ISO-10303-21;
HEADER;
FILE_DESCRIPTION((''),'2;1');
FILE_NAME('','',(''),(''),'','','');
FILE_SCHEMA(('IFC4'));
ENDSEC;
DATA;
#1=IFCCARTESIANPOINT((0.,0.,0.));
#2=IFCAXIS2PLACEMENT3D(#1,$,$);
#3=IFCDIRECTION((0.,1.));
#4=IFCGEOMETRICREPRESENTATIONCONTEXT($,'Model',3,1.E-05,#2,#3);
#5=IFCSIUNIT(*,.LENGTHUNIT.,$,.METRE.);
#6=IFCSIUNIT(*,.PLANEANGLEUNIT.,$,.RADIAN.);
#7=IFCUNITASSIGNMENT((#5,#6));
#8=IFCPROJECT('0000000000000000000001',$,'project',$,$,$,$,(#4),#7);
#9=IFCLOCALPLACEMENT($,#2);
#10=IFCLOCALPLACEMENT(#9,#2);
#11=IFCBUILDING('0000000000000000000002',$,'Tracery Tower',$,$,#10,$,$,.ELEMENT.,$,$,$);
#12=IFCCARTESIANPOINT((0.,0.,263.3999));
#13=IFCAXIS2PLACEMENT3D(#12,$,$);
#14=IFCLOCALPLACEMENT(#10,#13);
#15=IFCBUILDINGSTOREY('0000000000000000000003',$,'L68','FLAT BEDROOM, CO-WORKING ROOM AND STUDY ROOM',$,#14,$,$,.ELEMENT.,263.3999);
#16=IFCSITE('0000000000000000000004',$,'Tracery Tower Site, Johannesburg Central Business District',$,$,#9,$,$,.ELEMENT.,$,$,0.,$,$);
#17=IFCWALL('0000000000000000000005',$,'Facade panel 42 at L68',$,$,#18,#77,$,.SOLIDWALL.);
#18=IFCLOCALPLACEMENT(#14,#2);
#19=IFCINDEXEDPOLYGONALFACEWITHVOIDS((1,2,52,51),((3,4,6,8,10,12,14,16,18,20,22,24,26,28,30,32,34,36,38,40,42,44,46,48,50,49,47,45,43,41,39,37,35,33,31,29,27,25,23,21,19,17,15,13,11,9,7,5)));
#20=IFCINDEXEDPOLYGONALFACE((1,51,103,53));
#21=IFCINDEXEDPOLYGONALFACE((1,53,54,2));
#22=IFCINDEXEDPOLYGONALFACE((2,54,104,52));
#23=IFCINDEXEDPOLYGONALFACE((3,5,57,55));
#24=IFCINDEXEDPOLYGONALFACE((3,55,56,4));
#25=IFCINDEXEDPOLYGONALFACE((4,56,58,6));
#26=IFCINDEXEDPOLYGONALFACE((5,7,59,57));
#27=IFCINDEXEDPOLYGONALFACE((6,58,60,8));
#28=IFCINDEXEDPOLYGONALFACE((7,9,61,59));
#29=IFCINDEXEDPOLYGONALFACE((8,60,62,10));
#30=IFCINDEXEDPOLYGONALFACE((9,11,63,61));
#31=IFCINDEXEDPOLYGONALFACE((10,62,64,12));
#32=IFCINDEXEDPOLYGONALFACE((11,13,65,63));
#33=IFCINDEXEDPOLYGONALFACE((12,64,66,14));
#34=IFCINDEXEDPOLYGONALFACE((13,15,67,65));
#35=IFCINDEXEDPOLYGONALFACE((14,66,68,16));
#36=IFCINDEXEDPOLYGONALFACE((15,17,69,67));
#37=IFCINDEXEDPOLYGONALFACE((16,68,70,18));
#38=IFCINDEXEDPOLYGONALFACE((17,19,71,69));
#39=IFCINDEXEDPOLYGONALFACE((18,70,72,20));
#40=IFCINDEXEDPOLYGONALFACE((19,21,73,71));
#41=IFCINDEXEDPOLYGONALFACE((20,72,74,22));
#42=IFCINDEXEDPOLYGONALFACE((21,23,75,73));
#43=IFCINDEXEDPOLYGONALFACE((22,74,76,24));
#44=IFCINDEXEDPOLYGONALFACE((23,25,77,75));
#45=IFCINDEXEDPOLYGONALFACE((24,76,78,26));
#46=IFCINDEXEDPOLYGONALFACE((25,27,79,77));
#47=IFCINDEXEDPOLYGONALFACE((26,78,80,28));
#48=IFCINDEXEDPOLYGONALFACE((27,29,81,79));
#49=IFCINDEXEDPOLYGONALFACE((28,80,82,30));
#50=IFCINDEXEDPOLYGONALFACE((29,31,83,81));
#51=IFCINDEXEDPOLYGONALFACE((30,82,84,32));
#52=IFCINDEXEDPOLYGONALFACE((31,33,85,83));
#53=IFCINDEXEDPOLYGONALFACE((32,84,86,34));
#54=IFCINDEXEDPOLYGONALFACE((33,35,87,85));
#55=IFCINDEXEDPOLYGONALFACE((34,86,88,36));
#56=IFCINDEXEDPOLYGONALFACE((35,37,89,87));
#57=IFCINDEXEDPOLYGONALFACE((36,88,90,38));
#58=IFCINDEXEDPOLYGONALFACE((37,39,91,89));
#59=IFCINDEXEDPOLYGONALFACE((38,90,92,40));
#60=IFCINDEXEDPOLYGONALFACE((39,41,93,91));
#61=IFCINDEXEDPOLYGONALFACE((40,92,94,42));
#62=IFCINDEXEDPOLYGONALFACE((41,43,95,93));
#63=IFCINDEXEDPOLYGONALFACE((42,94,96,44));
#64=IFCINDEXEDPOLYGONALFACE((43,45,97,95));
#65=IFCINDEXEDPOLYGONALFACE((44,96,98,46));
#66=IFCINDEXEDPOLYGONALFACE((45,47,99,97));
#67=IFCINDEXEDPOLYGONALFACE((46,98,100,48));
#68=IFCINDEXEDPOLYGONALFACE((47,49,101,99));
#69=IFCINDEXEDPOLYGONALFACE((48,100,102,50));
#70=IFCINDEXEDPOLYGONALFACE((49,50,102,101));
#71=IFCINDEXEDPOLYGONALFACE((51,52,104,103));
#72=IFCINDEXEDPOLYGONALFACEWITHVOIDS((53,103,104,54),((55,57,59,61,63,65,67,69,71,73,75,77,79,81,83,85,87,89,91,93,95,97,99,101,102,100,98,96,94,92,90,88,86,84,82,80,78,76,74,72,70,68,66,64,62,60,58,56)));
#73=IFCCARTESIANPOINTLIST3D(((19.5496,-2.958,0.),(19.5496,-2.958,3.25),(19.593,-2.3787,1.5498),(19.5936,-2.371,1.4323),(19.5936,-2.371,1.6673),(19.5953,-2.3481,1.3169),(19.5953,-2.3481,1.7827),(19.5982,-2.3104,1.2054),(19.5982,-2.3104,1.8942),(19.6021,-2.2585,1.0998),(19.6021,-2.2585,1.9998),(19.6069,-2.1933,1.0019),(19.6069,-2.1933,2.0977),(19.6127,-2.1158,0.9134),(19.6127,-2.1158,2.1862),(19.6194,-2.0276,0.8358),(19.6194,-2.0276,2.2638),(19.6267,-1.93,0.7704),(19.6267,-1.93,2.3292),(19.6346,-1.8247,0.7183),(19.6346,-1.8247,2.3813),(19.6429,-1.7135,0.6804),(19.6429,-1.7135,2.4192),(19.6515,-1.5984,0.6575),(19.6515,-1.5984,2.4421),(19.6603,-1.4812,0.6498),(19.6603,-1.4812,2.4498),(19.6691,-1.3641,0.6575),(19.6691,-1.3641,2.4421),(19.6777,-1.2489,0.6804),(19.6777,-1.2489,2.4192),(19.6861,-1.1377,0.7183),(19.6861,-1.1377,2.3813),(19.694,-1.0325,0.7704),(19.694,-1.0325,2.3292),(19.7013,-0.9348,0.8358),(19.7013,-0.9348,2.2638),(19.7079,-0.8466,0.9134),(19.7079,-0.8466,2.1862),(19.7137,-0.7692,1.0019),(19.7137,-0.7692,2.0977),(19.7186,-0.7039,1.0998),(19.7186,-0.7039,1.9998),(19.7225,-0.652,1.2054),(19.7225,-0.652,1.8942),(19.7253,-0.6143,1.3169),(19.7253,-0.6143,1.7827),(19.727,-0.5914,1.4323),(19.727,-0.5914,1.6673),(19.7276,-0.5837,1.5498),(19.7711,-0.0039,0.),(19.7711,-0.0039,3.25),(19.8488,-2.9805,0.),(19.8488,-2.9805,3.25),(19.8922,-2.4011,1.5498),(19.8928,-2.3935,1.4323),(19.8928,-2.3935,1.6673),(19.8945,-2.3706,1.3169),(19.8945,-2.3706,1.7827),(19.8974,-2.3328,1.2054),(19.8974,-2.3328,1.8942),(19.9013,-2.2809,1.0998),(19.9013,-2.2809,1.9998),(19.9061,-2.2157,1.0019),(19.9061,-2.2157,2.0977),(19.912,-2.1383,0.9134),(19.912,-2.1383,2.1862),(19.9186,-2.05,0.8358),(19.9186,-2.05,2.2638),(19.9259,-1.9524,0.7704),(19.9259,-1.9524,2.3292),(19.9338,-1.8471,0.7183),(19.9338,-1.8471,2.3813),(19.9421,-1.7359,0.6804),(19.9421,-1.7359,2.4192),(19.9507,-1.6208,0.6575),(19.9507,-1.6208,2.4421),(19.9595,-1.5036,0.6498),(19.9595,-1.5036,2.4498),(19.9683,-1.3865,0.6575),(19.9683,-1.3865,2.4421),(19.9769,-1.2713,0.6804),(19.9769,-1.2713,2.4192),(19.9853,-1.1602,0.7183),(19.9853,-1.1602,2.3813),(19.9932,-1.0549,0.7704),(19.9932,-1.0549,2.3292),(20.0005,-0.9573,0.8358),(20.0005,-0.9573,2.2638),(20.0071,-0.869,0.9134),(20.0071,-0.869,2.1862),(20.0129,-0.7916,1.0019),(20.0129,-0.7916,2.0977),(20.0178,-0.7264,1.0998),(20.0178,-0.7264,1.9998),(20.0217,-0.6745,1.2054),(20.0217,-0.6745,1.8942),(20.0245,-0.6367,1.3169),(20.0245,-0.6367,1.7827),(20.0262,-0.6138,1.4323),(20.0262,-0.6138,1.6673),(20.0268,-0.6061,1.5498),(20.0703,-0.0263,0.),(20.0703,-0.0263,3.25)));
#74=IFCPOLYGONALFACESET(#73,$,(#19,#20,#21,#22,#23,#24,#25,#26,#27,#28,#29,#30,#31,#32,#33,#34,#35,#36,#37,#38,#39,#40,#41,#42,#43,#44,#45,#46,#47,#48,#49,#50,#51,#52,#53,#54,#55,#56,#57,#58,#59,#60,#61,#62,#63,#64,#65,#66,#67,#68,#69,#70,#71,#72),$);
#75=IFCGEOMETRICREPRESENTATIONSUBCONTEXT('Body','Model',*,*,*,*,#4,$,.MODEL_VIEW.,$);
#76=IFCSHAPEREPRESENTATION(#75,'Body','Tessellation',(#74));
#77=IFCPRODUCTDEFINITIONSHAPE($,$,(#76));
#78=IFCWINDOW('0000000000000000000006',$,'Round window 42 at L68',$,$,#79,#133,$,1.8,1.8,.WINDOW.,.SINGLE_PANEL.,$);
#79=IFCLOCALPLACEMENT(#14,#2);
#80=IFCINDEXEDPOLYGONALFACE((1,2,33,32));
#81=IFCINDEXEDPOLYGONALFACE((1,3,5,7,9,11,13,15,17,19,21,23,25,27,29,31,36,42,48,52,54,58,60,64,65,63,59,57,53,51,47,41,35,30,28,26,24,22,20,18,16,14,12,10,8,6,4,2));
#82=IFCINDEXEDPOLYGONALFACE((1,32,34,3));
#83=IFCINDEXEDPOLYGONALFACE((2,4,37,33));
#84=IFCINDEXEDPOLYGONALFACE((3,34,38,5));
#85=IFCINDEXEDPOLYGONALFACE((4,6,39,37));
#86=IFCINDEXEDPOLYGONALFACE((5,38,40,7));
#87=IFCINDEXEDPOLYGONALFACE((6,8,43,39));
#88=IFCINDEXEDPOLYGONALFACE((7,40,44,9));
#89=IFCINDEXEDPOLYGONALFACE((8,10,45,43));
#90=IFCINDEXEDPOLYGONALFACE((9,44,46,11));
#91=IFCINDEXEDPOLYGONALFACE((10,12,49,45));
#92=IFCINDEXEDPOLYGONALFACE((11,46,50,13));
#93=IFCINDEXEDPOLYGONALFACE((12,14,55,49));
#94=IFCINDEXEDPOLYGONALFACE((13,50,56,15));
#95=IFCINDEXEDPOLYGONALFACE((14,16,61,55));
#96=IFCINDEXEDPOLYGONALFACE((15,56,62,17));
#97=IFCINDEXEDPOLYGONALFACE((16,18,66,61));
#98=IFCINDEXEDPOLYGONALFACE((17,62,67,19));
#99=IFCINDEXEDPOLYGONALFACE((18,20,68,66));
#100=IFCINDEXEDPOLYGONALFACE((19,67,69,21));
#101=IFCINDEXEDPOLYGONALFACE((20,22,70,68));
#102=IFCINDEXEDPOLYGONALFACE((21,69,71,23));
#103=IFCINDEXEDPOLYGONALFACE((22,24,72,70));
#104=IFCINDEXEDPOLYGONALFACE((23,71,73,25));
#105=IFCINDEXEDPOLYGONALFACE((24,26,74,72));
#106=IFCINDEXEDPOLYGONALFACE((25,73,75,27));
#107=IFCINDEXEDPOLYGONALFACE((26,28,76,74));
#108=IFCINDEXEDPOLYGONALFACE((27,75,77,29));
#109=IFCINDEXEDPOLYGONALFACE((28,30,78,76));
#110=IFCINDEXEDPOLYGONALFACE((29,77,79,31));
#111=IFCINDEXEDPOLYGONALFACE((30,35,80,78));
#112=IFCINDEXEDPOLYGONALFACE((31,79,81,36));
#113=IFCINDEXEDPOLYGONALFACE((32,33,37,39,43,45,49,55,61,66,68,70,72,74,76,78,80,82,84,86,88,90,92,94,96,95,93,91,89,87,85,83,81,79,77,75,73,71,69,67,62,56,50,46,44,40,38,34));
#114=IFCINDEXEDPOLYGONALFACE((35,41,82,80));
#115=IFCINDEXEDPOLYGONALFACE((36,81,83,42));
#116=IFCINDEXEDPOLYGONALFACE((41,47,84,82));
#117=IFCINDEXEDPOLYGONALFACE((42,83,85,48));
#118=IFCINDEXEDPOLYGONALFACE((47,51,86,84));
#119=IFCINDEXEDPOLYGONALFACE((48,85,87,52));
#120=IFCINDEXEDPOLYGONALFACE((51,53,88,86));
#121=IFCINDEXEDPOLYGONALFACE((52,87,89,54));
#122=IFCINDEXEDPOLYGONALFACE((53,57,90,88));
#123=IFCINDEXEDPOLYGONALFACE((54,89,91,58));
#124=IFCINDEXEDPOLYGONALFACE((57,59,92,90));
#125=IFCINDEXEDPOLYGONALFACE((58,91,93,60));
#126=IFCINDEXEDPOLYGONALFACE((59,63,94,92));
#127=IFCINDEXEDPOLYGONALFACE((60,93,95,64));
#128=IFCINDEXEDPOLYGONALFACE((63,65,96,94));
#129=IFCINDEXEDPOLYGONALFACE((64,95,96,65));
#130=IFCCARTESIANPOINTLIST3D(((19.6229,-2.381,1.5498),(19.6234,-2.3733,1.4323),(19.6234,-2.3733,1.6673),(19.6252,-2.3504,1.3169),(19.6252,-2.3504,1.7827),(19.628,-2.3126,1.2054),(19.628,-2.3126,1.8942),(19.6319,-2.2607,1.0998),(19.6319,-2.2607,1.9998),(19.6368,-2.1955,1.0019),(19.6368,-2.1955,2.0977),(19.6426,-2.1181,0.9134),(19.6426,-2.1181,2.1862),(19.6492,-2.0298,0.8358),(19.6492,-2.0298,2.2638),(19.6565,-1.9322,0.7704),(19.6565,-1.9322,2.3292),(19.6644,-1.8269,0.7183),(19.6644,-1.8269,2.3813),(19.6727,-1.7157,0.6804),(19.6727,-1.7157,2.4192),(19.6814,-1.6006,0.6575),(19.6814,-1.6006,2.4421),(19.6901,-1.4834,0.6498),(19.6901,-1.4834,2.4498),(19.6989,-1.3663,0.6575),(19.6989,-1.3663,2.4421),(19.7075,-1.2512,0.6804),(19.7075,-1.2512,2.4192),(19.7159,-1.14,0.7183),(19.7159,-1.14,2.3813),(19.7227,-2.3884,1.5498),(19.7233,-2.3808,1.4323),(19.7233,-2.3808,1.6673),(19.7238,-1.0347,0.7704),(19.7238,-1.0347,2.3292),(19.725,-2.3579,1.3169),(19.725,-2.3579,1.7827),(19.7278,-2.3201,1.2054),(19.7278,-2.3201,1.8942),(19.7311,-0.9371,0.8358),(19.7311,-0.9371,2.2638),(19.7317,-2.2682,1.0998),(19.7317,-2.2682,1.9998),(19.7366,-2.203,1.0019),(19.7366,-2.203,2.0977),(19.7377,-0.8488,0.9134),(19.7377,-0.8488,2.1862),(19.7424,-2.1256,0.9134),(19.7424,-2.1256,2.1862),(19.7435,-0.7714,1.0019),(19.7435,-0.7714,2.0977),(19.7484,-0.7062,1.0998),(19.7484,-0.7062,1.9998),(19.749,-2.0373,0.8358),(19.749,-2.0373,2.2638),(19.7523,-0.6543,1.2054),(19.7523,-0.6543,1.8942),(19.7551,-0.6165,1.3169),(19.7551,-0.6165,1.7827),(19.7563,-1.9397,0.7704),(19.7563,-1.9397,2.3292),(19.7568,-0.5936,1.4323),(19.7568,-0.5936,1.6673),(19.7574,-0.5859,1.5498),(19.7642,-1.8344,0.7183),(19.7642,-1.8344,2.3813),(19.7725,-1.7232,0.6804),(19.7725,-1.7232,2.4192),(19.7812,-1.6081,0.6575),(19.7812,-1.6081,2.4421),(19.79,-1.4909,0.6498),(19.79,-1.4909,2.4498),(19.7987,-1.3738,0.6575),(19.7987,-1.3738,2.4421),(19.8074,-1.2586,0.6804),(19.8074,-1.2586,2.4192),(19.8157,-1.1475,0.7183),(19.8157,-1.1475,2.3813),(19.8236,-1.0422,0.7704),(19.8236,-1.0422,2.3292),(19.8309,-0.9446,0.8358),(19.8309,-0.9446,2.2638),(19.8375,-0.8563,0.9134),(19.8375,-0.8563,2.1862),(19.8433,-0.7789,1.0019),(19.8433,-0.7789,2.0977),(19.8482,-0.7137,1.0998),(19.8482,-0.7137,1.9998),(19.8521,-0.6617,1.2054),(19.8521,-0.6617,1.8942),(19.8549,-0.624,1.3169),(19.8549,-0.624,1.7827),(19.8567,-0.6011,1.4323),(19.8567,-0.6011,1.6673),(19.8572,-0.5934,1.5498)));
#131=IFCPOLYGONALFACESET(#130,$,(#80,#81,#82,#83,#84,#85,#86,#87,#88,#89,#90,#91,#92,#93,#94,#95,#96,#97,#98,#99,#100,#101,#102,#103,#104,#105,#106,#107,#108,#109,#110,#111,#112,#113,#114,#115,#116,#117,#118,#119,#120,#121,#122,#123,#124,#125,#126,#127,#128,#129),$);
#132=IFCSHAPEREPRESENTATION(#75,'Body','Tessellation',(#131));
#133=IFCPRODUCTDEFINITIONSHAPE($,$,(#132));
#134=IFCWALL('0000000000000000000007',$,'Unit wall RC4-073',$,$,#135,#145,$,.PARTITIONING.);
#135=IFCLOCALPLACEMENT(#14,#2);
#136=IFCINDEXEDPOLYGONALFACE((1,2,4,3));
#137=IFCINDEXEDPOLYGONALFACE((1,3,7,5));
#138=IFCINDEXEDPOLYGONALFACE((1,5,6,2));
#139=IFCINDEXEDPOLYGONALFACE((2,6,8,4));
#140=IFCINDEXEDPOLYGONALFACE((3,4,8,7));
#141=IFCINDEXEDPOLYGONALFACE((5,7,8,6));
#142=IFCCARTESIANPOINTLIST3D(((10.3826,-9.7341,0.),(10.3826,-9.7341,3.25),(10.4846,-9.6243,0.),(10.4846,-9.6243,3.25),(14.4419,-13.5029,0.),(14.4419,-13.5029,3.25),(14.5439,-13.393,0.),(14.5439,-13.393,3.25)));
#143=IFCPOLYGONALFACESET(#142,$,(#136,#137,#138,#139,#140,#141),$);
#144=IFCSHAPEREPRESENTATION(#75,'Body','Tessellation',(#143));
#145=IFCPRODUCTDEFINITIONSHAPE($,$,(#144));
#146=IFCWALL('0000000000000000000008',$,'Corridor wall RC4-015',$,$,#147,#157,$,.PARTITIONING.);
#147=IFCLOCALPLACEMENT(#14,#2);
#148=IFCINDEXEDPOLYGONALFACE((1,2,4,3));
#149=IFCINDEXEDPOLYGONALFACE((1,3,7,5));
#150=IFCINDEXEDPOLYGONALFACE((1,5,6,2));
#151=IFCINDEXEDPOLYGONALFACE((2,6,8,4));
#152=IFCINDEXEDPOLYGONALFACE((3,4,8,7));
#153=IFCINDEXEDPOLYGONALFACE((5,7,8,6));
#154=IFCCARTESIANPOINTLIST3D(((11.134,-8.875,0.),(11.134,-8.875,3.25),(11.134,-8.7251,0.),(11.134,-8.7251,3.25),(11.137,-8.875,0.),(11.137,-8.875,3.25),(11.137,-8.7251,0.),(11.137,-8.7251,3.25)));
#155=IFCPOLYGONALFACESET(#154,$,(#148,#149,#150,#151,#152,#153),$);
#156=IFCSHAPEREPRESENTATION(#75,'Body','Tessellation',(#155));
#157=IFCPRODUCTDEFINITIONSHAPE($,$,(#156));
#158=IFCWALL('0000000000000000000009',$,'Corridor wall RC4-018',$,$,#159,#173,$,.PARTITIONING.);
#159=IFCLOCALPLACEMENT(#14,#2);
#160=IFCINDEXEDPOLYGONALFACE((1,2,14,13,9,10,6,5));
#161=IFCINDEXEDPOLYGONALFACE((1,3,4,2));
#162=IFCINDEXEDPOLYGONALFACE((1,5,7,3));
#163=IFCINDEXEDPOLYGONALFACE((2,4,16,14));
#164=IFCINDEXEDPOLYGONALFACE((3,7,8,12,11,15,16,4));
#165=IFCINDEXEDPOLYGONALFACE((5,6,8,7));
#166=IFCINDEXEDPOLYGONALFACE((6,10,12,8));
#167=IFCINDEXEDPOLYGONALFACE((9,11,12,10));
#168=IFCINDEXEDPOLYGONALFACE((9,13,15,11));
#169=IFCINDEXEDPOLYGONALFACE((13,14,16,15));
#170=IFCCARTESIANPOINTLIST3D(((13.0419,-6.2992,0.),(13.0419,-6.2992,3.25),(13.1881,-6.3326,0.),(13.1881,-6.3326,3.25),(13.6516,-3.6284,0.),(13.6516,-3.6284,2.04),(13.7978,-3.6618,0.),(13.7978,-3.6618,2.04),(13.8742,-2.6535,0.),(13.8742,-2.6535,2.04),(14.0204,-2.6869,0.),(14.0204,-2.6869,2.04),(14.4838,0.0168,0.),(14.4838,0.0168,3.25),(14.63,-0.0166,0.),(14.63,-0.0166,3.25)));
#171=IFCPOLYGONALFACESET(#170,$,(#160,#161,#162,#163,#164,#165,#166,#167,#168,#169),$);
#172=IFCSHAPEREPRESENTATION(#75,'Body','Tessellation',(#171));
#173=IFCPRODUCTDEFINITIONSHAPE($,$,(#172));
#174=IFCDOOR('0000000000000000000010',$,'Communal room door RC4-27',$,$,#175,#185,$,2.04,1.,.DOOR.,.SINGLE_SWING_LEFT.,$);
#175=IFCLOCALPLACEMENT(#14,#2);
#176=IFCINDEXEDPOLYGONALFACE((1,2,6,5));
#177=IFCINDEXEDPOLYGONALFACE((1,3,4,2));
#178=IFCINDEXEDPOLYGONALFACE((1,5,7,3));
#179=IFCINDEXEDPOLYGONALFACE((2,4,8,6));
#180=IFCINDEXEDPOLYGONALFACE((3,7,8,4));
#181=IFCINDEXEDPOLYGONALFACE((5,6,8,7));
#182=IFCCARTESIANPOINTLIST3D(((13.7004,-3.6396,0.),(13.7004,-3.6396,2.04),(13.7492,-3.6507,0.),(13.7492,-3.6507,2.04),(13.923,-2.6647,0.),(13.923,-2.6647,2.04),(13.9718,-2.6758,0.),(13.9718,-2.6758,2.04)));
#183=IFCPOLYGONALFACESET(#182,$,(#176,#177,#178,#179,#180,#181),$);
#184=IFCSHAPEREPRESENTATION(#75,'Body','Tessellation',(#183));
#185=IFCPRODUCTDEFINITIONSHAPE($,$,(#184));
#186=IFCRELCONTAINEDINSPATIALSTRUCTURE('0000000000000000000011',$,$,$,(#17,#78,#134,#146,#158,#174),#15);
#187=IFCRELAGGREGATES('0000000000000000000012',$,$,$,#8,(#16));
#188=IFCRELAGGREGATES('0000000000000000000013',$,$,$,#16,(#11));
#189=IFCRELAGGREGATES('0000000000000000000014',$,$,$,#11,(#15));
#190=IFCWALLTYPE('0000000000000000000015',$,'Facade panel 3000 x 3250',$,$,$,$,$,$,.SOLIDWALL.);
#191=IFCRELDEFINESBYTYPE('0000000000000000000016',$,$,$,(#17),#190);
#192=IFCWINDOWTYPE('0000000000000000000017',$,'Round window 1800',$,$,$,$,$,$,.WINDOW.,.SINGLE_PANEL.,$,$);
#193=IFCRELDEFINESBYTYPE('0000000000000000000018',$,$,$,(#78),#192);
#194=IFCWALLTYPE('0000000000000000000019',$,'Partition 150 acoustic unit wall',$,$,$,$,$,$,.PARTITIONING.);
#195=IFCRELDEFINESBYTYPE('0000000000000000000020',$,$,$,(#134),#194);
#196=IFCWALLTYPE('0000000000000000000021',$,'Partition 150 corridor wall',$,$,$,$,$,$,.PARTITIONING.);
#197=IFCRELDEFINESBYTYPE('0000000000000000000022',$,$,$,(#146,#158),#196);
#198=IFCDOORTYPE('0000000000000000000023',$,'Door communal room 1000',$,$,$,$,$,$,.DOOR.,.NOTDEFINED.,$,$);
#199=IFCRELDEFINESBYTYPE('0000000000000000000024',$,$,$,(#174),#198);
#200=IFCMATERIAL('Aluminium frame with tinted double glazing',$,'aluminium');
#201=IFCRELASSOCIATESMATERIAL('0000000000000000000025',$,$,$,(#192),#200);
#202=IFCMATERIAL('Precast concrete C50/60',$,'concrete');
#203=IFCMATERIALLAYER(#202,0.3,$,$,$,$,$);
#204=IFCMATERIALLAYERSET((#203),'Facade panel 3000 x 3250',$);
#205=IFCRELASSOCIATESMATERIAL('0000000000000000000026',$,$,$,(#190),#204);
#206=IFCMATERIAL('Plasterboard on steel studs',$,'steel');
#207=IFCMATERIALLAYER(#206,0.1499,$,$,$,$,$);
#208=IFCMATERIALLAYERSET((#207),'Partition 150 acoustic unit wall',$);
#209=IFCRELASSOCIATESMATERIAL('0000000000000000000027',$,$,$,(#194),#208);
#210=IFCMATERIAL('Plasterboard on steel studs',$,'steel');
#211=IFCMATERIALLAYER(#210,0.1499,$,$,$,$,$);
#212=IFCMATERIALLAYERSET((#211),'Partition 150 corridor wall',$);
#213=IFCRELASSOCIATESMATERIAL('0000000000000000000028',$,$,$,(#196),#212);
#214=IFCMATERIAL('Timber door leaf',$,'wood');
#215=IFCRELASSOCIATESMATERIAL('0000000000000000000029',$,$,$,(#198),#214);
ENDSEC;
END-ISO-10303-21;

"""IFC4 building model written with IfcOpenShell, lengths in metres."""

from ifc_helpers import new_model, si_unit, direction, frame, frame_2d, origin, origin_2d, place, context, subcontext, project, spatial, rectangle, circle, extrude, material, layer, layer_set, type_object, element, fill, save


model = new_model("IFC4")

# Units and contexts
model_context = context("Model", 3, precision=1e-05, world=origin(), true_north=direction((0.0, 1.0)))
body_context = subcontext(model_context, "Body", "Model", "MODEL_VIEW")
ifc_project = project(units=[si_unit("LENGTHUNIT", "METRE"), si_unit("PLANEANGLEUNIT", "RADIAN")], contexts=[model_context])

# Site, building, storey
site_placement = place(None, origin())
site = spatial("IfcSite", under=ifc_project, at=site_placement, Name="Tracery Tower Site, Johannesburg Central Business District", CompositionType="ELEMENT", RefElevation=0.0)
building_placement = place(site_placement, origin())
building = spatial("IfcBuilding", under=site, at=building_placement, Name="Tracery Tower", CompositionType="ELEMENT")
storey_placement = place(building_placement, frame((0.0, 0.0, 263.3999)))
storey = spatial("IfcBuildingStorey", under=building, at=storey_placement, Name="L68", Description="FLAT BEDROOM, CO-WORKING ROOM AND STUDY ROOM", CompositionType="ELEMENT", Elevation=263.3999)

# Wall, opening, window
ifc_material_1 = material(Name="Aluminium frame with tinted double glazing", Category="aluminium")
window_type = type_object("IfcWindowType", Name="Round window 1800", PartitioningType="SINGLE_PANEL", PredefinedType="WINDOW", material=ifc_material_1)
ifc_material_2 = material(Name="Precast concrete C50/60", Category="concrete")
ifc_layer_1 = layer(ifc_material_2, 0.3)
ifc_layer_set_1 = layer_set([ifc_layer_1], Name="Facade panel 3000 x 3250")
wall_type_1 = type_object("IfcWallType", Name="Facade panel 3000 x 3250", PredefinedType="SOLIDWALL", material=ifc_layer_set_1)
wall_1_placement = place(storey_placement, frame((19.6992, -2.9692, 0.0), z_axis=(0.0, 0.0, 1.0), x_axis=(0.074749, 0.997202, 0.0)))
wall_1 = element("IfcWall", 1, at=wall_1_placement, inside=storey, type_object=wall_type_1, Name="Facade panel 42 at L68", PredefinedType="SOLIDWALL", context=body_context, shape_type="SweptSolid", body=[
    extrude(rectangle(XDim=2.9624, YDim=0.3, at=frame_2d((1.4812, 0.0))), origin(), (0.0, 0.0, 1.0), 3.25),
])
opening_1_placement = place(wall_1_placement, frame((1.481, 0.0, 1.5498)))
opening_1 = element("IfcOpeningElement", 2, at=opening_1_placement, cuts=wall_1, PredefinedType="OPENING", context=body_context, shape_type="SweptSolid", body=[
    extrude(circle(Radius=0.9, at=origin_2d()), frame((0.0, 0.1599, 0.0), z_axis=(0.0, -1.0, 0.0), x_axis=(1.0, 0.0, 0.0)), (0.0, 0.0, 1.0), 0.3201),
])
window_1_placement = place(opening_1_placement, origin())
window_1 = element("IfcWindow", 3, at=window_1_placement, inside=storey, type_object=window_type, Name="Round window 42 at L68", OverallHeight=1.8, OverallWidth=1.8, PartitioningType="SINGLE_PANEL", PredefinedType="WINDOW", context=body_context, shape_type="SweptSolid", body=[
    extrude(circle(Radius=0.9, at=origin_2d()), frame((0.0, 0.1201, 0.0), z_axis=(0.0, -1.0, 0.0), x_axis=(1.0, 0.0, 0.0)), (0.0, 0.0, 1.0), 0.1001),
])
fill(opening_1, window_1)

# Walls
ifc_material_3 = material(Name="Plasterboard on steel studs", Category="steel")
ifc_layer_2 = layer(ifc_material_3, 0.1499)
ifc_layer_set_2 = layer_set([ifc_layer_2], Name="Partition 150 acoustic unit wall")
wall_type_2 = type_object("IfcWallType", Name="Partition 150 acoustic unit wall", PredefinedType="PARTITIONING", material=ifc_layer_set_2)
wall_2_placement = place(storey_placement, frame((10.4336, -9.6792, 0.0), z_axis=(0.0, 0.0, 1.0), x_axis=(0.732845, -0.680395, 0.0)))
element("IfcWall", 4, at=wall_2_placement, inside=storey, type_object=wall_type_2, Name="Unit wall RC4-073", PredefinedType="PARTITIONING", context=body_context, shape_type="SweptSolid", body=[
    extrude(rectangle(XDim=5.5391, YDim=0.1499, at=frame_2d((2.7695, 0.0))), origin(), (0.0, 0.0, 1.0), 3.25),
])
ifc_material_4 = material(Name="Plasterboard on steel studs", Category="steel")
ifc_layer_3 = layer(ifc_material_4, 0.1499)
ifc_layer_set_3 = layer_set([ifc_layer_3], Name="Partition 150 corridor wall")
wall_type_3 = type_object("IfcWallType", Name="Partition 150 corridor wall", PredefinedType="PARTITIONING", material=ifc_layer_set_3)
wall_3_placement = place(storey_placement, frame((11.137, -8.8, 0.0), z_axis=(0.0, 0.0, 1.0), x_axis=(-1.0, 0.0, 0.0)))
element("IfcWall", 5, at=wall_3_placement, inside=storey, type_object=wall_type_3, Name="Corridor wall RC4-015", PredefinedType="PARTITIONING", context=body_context, shape_type="SweptSolid", body=[
    extrude(rectangle(XDim=0.0029, YDim=0.1499, at=frame_2d((0.0015, 0.0))), origin(), (0.0, 0.0, 1.0), 3.25),
])

# Wall, opening, door
wall_4_placement = place(storey_placement, frame((13.115, -6.3159, 0.0), z_axis=(0.0, 0.0, 1.0), x_axis=(0.222569, 0.974917, 0.0)))
wall_4 = element("IfcWall", 6, at=wall_4_placement, inside=storey, type_object=wall_type_3, Name="Corridor wall RC4-018", PredefinedType="PARTITIONING", context=body_context, shape_type="SweptSolid", body=[
    extrude(rectangle(XDim=6.4785, YDim=0.1499, at=frame_2d((3.2393, 0.0))), origin(), (0.0, 0.0, 1.0), 3.25),
])
opening_2_placement = place(wall_4_placement, frame((2.7395, 0.0, 0.0)))
opening_2 = element("IfcOpeningElement", 7, at=opening_2_placement, cuts=wall_4, PredefinedType="OPENING", context=body_context, shape_type="SweptSolid", body=[
    extrude(rectangle(XDim=1.0, YDim=2.04, at=frame_2d((0.5, 1.02))), frame((0.0, 0.075, 0.0), z_axis=(0.0, -1.0, 0.0), x_axis=(1.0, 0.0, 0.0)), (0.0, 0.0, 1.0), 0.1499),
])
ifc_material_5 = material(Name="Timber door leaf", Category="wood")
door_type_1 = type_object("IfcDoorType", Name="Door communal room 1000", OperationType="NOTDEFINED", PredefinedType="DOOR", material=ifc_material_5)
door_1_placement = place(opening_2_placement, origin())
door_1 = element("IfcDoor", 8, at=door_1_placement, inside=storey, type_object=door_type_1, Name="Communal room door RC4-27", OperationType="SINGLE_SWING_LEFT", OverallHeight=2.04, OverallWidth=1.0, PredefinedType="DOOR", context=body_context, shape_type="SweptSolid", body=[
    extrude(rectangle(XDim=1.0, YDim=2.04, at=frame_2d((0.5, 1.02))), frame((0.0, 0.0249, 0.0), z_axis=(0.0, -1.0, 0.0), x_axis=(1.0, 0.0, 0.0)), (0.0, 0.0, 1.0), 0.05),
])
fill(opening_2, door_1)

save(model, "model.ifc")
